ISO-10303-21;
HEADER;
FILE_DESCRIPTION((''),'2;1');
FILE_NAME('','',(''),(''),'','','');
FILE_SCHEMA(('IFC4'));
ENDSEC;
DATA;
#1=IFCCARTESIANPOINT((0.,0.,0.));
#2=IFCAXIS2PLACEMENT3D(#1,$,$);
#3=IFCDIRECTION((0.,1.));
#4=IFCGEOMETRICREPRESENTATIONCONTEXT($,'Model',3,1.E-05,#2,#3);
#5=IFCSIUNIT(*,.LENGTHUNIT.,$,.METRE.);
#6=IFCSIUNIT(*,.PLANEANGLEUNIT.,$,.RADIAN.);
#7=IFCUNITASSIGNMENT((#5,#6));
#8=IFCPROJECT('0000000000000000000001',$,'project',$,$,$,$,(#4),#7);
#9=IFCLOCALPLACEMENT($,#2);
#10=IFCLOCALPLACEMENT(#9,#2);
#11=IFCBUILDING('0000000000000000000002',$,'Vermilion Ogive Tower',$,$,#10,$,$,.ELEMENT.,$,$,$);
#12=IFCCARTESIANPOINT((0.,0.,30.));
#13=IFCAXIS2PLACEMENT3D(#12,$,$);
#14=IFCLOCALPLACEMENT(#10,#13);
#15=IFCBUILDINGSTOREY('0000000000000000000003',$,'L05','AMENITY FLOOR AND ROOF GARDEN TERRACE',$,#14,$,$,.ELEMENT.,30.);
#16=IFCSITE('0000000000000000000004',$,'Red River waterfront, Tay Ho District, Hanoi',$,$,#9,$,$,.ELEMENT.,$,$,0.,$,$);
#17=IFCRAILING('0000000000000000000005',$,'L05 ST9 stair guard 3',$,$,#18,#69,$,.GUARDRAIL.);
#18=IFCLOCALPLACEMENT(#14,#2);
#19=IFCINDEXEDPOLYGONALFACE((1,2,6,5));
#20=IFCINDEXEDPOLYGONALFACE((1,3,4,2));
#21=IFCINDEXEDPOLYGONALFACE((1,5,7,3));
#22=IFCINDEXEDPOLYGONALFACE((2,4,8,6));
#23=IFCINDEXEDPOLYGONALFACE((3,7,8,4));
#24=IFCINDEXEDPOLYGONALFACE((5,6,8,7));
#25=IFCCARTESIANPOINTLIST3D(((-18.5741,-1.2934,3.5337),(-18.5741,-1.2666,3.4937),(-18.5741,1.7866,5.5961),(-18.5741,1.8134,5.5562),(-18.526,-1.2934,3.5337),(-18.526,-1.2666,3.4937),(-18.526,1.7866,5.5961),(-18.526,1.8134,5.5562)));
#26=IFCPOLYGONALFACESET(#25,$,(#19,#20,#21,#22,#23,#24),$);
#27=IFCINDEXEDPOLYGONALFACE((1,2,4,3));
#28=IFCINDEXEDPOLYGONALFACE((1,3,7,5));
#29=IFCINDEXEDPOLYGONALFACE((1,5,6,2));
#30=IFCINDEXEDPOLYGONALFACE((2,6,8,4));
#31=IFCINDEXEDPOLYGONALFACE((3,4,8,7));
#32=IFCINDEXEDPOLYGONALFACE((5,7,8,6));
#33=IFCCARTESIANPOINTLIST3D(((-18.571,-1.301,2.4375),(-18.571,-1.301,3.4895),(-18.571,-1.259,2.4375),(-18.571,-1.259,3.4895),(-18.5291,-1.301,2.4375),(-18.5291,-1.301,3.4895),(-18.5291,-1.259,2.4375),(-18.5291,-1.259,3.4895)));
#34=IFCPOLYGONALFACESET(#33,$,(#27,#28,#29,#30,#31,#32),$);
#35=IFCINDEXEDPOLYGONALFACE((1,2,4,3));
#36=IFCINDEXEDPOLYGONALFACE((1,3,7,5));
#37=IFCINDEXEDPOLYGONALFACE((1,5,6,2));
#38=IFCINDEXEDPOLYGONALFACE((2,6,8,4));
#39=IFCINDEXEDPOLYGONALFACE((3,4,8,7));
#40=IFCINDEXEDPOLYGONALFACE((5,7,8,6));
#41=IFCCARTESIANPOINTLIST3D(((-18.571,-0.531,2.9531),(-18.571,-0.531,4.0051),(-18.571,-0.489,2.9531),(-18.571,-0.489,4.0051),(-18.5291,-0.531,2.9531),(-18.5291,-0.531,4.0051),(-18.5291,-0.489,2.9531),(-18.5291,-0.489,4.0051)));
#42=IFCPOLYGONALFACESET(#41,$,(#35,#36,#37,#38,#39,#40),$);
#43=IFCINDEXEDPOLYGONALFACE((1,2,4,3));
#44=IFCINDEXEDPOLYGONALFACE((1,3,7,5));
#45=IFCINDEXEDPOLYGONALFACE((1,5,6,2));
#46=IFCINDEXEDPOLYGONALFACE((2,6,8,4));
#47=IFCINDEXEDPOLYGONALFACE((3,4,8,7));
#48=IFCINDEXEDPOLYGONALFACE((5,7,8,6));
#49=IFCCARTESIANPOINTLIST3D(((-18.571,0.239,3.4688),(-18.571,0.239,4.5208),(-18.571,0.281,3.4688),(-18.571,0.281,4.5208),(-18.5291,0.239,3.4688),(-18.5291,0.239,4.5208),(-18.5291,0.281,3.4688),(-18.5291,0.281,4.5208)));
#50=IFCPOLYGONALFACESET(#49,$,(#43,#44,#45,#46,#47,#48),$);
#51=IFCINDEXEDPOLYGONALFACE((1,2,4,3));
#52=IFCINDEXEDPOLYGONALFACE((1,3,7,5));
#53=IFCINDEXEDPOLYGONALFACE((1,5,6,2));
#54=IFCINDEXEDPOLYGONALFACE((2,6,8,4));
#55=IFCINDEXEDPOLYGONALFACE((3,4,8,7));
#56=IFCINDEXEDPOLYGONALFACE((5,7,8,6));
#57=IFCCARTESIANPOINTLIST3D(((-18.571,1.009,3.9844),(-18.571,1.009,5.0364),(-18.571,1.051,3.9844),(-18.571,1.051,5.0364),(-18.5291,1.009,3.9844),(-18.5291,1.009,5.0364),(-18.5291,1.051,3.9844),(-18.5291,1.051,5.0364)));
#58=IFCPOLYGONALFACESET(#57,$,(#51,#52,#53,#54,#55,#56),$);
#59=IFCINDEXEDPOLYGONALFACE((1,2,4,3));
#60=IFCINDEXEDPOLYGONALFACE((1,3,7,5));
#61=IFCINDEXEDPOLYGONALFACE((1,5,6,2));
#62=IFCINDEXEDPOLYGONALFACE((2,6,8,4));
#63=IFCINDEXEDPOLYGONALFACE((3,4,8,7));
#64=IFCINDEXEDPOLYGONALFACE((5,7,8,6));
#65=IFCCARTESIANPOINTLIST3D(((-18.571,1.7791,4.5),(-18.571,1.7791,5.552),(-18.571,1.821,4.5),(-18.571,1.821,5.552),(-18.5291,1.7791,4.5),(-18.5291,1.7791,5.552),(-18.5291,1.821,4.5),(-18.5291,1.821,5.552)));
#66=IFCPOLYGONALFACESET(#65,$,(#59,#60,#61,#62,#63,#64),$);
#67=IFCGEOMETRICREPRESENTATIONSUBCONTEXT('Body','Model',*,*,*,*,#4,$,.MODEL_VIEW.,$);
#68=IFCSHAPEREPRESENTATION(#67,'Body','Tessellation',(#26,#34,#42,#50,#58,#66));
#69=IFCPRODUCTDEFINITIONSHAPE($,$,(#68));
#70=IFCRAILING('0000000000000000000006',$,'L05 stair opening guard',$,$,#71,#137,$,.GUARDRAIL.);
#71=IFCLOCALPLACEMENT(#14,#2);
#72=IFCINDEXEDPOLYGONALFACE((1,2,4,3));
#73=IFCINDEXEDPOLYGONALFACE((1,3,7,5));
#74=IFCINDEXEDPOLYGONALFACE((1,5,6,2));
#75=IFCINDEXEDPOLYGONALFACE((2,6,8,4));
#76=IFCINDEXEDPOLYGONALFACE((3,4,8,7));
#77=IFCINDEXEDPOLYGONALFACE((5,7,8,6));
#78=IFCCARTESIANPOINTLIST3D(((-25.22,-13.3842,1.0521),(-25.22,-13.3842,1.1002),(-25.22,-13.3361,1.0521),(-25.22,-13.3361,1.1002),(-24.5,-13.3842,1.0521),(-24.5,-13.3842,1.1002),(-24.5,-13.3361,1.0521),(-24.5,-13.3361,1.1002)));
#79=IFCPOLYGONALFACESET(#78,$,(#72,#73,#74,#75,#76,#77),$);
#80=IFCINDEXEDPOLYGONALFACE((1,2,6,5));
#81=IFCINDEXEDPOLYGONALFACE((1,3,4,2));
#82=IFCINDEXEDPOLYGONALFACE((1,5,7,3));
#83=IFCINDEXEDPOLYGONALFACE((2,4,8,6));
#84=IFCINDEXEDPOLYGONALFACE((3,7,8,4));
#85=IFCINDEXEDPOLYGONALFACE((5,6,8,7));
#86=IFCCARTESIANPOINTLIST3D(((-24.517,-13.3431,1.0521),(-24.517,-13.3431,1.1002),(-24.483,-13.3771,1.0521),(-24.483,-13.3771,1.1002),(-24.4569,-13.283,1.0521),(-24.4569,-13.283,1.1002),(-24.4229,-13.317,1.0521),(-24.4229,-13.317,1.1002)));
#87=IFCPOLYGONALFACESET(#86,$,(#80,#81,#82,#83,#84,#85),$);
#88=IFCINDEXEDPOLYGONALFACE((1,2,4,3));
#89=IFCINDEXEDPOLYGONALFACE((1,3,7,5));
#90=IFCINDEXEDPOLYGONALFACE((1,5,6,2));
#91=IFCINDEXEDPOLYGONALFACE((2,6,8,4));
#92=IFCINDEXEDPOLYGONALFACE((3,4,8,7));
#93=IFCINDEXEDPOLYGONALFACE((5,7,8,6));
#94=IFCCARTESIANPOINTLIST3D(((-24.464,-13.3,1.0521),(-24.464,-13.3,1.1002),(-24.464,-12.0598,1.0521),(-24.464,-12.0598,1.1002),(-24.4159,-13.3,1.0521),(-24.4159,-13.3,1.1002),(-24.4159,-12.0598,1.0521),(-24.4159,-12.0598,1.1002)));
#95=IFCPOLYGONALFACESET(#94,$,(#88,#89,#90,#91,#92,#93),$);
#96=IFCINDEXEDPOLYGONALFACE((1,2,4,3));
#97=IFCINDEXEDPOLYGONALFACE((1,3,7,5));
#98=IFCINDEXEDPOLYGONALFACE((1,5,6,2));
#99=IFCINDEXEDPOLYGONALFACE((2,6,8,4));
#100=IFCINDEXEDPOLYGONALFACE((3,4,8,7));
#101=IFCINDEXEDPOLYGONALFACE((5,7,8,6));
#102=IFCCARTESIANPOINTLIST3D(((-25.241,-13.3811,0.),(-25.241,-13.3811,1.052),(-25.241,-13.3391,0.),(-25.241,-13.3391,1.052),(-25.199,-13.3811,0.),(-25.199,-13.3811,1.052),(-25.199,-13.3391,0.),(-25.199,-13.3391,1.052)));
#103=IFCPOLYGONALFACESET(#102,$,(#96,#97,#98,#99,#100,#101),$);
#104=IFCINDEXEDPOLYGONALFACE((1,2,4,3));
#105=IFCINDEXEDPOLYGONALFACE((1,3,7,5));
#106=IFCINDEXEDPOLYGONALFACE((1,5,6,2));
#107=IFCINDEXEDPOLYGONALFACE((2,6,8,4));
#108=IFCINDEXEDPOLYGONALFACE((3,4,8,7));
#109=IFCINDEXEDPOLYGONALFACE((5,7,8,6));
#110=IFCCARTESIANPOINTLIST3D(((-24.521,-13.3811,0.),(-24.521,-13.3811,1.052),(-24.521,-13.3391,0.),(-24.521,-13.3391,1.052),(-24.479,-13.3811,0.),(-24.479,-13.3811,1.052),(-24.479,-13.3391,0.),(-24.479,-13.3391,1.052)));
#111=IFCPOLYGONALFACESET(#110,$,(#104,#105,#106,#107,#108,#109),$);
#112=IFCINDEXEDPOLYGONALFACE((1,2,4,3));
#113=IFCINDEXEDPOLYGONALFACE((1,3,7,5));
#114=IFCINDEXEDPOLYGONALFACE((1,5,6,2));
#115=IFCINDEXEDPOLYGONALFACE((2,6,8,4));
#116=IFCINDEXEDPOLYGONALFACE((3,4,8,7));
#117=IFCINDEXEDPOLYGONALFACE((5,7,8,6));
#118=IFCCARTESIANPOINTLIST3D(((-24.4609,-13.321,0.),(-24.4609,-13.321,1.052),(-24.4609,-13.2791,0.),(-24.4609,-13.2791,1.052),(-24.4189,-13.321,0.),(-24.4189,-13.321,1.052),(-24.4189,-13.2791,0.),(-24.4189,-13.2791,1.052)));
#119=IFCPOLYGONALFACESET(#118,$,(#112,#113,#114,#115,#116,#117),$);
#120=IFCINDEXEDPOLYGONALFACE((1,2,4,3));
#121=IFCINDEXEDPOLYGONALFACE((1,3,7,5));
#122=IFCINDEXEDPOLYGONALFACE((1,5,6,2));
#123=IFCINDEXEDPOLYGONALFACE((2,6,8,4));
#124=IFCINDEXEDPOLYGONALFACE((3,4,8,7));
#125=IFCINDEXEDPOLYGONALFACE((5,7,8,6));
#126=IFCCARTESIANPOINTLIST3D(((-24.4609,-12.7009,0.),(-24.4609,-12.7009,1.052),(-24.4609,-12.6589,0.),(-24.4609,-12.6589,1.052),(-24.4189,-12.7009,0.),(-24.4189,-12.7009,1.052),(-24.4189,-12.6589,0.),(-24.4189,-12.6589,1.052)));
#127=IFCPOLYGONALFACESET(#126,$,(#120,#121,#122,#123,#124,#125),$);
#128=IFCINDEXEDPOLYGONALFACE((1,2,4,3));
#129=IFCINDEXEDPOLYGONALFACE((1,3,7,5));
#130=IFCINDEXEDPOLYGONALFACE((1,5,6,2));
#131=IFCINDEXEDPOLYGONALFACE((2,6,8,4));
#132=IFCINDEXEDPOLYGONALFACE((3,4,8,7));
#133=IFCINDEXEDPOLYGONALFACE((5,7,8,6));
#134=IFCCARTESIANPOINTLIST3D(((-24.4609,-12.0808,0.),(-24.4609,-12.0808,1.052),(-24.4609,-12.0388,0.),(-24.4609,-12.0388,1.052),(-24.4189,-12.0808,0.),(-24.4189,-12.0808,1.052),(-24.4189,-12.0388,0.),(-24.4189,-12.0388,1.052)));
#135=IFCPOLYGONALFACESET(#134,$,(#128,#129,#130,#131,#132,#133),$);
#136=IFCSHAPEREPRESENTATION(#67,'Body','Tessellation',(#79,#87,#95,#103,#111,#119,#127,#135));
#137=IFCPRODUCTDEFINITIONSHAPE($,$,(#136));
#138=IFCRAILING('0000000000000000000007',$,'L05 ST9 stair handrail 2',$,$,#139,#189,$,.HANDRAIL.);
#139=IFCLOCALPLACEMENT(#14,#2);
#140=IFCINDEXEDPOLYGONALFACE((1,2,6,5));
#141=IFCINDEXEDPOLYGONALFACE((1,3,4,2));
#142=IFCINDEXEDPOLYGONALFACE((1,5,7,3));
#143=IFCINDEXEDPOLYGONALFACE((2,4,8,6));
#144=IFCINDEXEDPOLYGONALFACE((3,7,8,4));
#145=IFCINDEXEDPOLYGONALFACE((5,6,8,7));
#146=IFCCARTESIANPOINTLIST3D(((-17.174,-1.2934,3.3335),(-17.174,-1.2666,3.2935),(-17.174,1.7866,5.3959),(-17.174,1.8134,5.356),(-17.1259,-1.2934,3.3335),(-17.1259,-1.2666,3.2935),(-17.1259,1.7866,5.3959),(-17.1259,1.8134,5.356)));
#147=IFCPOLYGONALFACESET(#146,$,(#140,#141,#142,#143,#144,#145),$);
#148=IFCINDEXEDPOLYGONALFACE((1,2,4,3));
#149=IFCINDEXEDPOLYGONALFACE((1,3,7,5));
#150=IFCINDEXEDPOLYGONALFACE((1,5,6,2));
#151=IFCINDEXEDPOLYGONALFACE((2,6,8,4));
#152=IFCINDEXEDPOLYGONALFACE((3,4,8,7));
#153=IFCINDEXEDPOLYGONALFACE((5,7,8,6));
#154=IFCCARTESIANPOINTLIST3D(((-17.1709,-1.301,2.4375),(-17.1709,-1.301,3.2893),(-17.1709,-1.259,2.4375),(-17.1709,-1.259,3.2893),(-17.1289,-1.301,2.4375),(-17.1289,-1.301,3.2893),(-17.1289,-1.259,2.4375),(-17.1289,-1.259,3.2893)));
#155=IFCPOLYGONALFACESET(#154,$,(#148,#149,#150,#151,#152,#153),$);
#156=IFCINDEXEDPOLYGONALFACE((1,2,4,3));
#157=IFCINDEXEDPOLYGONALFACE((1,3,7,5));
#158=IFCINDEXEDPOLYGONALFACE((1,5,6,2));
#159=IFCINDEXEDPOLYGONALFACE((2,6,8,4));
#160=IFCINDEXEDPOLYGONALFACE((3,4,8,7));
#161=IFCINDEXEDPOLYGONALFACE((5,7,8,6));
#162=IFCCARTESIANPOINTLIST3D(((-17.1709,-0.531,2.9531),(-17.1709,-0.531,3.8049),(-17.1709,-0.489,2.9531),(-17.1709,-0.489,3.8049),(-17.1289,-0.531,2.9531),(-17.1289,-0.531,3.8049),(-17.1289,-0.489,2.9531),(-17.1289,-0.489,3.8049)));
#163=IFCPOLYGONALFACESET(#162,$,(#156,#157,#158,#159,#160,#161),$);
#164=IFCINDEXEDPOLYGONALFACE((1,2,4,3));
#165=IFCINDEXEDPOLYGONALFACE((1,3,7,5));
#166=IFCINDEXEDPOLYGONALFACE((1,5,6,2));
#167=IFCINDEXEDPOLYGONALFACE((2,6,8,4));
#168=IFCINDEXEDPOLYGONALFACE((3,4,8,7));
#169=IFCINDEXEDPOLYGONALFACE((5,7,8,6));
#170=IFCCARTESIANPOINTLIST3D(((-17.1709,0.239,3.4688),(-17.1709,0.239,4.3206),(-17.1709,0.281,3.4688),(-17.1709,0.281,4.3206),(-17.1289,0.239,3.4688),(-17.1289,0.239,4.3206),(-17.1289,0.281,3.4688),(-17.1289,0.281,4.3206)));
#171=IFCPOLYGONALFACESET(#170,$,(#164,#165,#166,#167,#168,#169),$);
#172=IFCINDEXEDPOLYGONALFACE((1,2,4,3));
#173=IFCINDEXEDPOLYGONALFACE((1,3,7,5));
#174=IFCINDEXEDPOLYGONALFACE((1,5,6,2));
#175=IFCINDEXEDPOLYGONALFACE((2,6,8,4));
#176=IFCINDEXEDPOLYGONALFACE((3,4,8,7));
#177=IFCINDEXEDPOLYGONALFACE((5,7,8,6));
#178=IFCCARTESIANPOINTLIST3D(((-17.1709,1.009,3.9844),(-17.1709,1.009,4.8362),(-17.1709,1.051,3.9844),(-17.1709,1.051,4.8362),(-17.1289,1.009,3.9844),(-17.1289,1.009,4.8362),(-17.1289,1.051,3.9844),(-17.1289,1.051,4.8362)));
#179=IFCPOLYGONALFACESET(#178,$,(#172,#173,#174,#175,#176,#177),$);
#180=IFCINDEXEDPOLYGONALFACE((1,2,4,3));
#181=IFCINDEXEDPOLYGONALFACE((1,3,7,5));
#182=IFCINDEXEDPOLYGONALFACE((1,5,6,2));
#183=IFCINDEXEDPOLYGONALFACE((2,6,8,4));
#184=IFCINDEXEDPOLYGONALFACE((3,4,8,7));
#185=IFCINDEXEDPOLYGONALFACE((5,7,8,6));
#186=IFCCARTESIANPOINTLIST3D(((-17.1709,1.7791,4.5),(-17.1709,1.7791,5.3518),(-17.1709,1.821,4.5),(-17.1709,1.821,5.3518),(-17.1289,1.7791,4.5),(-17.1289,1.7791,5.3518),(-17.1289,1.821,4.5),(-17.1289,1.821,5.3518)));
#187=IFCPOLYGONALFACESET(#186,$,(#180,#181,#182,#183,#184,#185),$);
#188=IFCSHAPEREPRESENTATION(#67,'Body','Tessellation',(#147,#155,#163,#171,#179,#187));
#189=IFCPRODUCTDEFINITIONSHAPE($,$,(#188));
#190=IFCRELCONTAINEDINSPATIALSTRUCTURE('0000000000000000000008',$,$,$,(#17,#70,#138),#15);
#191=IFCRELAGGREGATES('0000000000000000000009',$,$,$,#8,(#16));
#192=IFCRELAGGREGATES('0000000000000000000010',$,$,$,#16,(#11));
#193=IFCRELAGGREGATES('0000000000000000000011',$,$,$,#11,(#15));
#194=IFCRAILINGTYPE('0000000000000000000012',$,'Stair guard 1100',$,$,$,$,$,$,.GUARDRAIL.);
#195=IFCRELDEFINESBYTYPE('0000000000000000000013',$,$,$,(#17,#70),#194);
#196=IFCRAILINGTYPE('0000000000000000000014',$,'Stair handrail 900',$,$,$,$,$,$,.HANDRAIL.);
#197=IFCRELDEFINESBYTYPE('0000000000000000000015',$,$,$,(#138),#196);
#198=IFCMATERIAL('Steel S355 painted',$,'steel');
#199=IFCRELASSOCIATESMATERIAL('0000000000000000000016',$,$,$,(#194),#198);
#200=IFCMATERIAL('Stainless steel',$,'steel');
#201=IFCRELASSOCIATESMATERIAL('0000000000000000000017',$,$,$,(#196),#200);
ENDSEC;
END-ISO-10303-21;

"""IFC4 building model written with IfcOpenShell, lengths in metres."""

from ifc_helpers import new_model, si_unit, direction, frame, origin, origin_2d, place, context, subcontext, project, spatial, rectangle, extrude, material, type_object, element, save


model = new_model("IFC4")

# Units and contexts
model_context = context("Model", 3, precision=1e-05, world=origin(), true_north=direction((0.0, 1.0)))
body_context = subcontext(model_context, "Body", "Model", "MODEL_VIEW")
ifc_project = project(units=[si_unit("LENGTHUNIT", "METRE"), si_unit("PLANEANGLEUNIT", "RADIAN")], contexts=[model_context])

# Site, building, storey
site_placement = place(None, origin())
site = spatial("IfcSite", under=ifc_project, at=site_placement, Name="Red River waterfront, Tay Ho District, Hanoi", CompositionType="ELEMENT", RefElevation=0.0)
building_placement = place(site_placement, origin())
building = spatial("IfcBuilding", under=site, at=building_placement, Name="Vermilion Ogive Tower", CompositionType="ELEMENT")
storey_placement = place(building_placement, frame((0.0, 0.0, 30.0)))
storey = spatial("IfcBuildingStorey", under=building, at=storey_placement, Name="L05", Description="AMENITY FLOOR AND ROOF GARDEN TERRACE", CompositionType="ELEMENT", Elevation=30.0)

# Railings
ifc_material_1 = material(Name="Steel S355 painted", Category="steel")
railing_type_1 = type_object("IfcRailingType", Name="Stair guard 1100", PredefinedType="GUARDRAIL", material=ifc_material_1)
railing_1_placement = place(storey_placement, frame((-18.55, -1.28, 2.4375)))
element("IfcRailing", 1, at=railing_1_placement, inside=storey, type_object=railing_type_1, Name="L05 ST9 stair guard 3", PredefinedType="GUARDRAIL", context=body_context, shape_type="SweptSolid", body=[
    extrude(rectangle(XDim=0.0481, YDim=0.0481, at=origin_2d()), frame((0.0, 0.0, 1.0762), z_axis=(0.0, 0.830914, 0.556401), x_axis=(-1.0, 0.0, 0.0)), (0.0, 0.0, 1.0), 3.7068),
    extrude(rectangle(XDim=0.042, YDim=0.042, at=origin_2d()), origin(), (0.0, 0.0, 1.0), 1.052),
    extrude(rectangle(XDim=0.042, YDim=0.042, at=origin_2d()), frame((0.0, 0.77, 0.5156)), (0.0, 0.0, 1.0), 1.052),
    extrude(rectangle(XDim=0.042, YDim=0.042, at=origin_2d()), frame((0.0, 1.54, 1.0312)), (0.0, 0.0, 1.0), 1.052),
    extrude(rectangle(XDim=0.042, YDim=0.042, at=origin_2d()), frame((0.0, 2.3101, 1.5469)), (0.0, 0.0, 1.0), 1.052),
    extrude(rectangle(XDim=0.042, YDim=0.042, at=origin_2d()), frame((0.0, 3.0801, 2.0625)), (0.0, 0.0, 1.0), 1.052),
])
railing_2_placement = place(storey_placement, frame((-25.22, -13.3601, 0.0)))
element("IfcRailing", 2, at=railing_2_placement, inside=storey, type_object=railing_type_1, Name="L05 stair opening guard", PredefinedType="GUARDRAIL", context=body_context, shape_type="SweptSolid", body=[
    extrude(rectangle(XDim=0.0481, YDim=0.0481, at=origin_2d()), frame((0.0, 0.0, 1.0762), z_axis=(1.0, 0.0, 0.0), x_axis=(0.0, 1.0, 0.0)), (0.0, 0.0, 1.0), 0.72),
    extrude(rectangle(XDim=0.0481, YDim=0.0481, at=origin_2d()), frame((0.72, 0.0, 1.0762), z_axis=(0.707107, 0.707107, 0.0), x_axis=(-0.707107, 0.707107, 0.0)), (0.0, 0.0, 1.0), 0.085),
    extrude(rectangle(XDim=0.0481, YDim=0.0481, at=origin_2d()), frame((0.78, 0.0601, 1.0762), z_axis=(0.0, 1.0, 0.0), x_axis=(-1.0, 0.0, 0.0)), (0.0, 0.0, 1.0), 1.2402),
    extrude(rectangle(XDim=0.042, YDim=0.042, at=origin_2d()), origin(), (0.0, 0.0, 1.0), 1.052),
    extrude(rectangle(XDim=0.042, YDim=0.042, at=origin_2d()), frame((0.72, 0.0, 0.0)), (0.0, 0.0, 1.0), 1.052),
    extrude(rectangle(XDim=0.042, YDim=0.042, at=origin_2d()), frame((0.78, 0.0601, 0.0)), (0.0, 0.0, 1.0), 1.052),
    extrude(rectangle(XDim=0.042, YDim=0.042, at=origin_2d()), frame((0.78, 0.6802, 0.0)), (0.0, 0.0, 1.0), 1.052),
    extrude(rectangle(XDim=0.042, YDim=0.042, at=origin_2d()), frame((0.78, 1.3003, 0.0)), (0.0, 0.0, 1.0), 1.052),
])
ifc_material_2 = material(Name="Stainless steel", Category="steel")
railing_type_2 = type_object("IfcRailingType", Name="Stair handrail 900", PredefinedType="HANDRAIL", material=ifc_material_2)
railing_3_placement = place(storey_placement, frame((-17.1499, -1.28, 2.4375)))
element("IfcRailing", 3, at=railing_3_placement, inside=storey, type_object=railing_type_2, Name="L05 ST9 stair handrail 2", PredefinedType="HANDRAIL", context=body_context, shape_type="SweptSolid", body=[
    extrude(rectangle(XDim=0.0481, YDim=0.0481, at=origin_2d()), frame((0.0, 0.0, 0.876), z_axis=(0.0, 0.830914, 0.556401), x_axis=(-1.0, 0.0, 0.0)), (0.0, 0.0, 1.0), 3.7068),
    extrude(rectangle(XDim=0.042, YDim=0.042, at=origin_2d()), origin(), (0.0, 0.0, 1.0), 0.8518),
    extrude(rectangle(XDim=0.042, YDim=0.042, at=origin_2d()), frame((0.0, 0.77, 0.5156)), (0.0, 0.0, 1.0), 0.8518),
    extrude(rectangle(XDim=0.042, YDim=0.042, at=origin_2d()), frame((0.0, 1.54, 1.0312)), (0.0, 0.0, 1.0), 0.8518),
    extrude(rectangle(XDim=0.042, YDim=0.042, at=origin_2d()), frame((0.0, 2.3101, 1.5469)), (0.0, 0.0, 1.0), 0.8518),
    extrude(rectangle(XDim=0.042, YDim=0.042, at=origin_2d()), frame((0.0, 3.0801, 2.0625)), (0.0, 0.0, 1.0), 0.8518),
])

save(model, "model.ifc")
